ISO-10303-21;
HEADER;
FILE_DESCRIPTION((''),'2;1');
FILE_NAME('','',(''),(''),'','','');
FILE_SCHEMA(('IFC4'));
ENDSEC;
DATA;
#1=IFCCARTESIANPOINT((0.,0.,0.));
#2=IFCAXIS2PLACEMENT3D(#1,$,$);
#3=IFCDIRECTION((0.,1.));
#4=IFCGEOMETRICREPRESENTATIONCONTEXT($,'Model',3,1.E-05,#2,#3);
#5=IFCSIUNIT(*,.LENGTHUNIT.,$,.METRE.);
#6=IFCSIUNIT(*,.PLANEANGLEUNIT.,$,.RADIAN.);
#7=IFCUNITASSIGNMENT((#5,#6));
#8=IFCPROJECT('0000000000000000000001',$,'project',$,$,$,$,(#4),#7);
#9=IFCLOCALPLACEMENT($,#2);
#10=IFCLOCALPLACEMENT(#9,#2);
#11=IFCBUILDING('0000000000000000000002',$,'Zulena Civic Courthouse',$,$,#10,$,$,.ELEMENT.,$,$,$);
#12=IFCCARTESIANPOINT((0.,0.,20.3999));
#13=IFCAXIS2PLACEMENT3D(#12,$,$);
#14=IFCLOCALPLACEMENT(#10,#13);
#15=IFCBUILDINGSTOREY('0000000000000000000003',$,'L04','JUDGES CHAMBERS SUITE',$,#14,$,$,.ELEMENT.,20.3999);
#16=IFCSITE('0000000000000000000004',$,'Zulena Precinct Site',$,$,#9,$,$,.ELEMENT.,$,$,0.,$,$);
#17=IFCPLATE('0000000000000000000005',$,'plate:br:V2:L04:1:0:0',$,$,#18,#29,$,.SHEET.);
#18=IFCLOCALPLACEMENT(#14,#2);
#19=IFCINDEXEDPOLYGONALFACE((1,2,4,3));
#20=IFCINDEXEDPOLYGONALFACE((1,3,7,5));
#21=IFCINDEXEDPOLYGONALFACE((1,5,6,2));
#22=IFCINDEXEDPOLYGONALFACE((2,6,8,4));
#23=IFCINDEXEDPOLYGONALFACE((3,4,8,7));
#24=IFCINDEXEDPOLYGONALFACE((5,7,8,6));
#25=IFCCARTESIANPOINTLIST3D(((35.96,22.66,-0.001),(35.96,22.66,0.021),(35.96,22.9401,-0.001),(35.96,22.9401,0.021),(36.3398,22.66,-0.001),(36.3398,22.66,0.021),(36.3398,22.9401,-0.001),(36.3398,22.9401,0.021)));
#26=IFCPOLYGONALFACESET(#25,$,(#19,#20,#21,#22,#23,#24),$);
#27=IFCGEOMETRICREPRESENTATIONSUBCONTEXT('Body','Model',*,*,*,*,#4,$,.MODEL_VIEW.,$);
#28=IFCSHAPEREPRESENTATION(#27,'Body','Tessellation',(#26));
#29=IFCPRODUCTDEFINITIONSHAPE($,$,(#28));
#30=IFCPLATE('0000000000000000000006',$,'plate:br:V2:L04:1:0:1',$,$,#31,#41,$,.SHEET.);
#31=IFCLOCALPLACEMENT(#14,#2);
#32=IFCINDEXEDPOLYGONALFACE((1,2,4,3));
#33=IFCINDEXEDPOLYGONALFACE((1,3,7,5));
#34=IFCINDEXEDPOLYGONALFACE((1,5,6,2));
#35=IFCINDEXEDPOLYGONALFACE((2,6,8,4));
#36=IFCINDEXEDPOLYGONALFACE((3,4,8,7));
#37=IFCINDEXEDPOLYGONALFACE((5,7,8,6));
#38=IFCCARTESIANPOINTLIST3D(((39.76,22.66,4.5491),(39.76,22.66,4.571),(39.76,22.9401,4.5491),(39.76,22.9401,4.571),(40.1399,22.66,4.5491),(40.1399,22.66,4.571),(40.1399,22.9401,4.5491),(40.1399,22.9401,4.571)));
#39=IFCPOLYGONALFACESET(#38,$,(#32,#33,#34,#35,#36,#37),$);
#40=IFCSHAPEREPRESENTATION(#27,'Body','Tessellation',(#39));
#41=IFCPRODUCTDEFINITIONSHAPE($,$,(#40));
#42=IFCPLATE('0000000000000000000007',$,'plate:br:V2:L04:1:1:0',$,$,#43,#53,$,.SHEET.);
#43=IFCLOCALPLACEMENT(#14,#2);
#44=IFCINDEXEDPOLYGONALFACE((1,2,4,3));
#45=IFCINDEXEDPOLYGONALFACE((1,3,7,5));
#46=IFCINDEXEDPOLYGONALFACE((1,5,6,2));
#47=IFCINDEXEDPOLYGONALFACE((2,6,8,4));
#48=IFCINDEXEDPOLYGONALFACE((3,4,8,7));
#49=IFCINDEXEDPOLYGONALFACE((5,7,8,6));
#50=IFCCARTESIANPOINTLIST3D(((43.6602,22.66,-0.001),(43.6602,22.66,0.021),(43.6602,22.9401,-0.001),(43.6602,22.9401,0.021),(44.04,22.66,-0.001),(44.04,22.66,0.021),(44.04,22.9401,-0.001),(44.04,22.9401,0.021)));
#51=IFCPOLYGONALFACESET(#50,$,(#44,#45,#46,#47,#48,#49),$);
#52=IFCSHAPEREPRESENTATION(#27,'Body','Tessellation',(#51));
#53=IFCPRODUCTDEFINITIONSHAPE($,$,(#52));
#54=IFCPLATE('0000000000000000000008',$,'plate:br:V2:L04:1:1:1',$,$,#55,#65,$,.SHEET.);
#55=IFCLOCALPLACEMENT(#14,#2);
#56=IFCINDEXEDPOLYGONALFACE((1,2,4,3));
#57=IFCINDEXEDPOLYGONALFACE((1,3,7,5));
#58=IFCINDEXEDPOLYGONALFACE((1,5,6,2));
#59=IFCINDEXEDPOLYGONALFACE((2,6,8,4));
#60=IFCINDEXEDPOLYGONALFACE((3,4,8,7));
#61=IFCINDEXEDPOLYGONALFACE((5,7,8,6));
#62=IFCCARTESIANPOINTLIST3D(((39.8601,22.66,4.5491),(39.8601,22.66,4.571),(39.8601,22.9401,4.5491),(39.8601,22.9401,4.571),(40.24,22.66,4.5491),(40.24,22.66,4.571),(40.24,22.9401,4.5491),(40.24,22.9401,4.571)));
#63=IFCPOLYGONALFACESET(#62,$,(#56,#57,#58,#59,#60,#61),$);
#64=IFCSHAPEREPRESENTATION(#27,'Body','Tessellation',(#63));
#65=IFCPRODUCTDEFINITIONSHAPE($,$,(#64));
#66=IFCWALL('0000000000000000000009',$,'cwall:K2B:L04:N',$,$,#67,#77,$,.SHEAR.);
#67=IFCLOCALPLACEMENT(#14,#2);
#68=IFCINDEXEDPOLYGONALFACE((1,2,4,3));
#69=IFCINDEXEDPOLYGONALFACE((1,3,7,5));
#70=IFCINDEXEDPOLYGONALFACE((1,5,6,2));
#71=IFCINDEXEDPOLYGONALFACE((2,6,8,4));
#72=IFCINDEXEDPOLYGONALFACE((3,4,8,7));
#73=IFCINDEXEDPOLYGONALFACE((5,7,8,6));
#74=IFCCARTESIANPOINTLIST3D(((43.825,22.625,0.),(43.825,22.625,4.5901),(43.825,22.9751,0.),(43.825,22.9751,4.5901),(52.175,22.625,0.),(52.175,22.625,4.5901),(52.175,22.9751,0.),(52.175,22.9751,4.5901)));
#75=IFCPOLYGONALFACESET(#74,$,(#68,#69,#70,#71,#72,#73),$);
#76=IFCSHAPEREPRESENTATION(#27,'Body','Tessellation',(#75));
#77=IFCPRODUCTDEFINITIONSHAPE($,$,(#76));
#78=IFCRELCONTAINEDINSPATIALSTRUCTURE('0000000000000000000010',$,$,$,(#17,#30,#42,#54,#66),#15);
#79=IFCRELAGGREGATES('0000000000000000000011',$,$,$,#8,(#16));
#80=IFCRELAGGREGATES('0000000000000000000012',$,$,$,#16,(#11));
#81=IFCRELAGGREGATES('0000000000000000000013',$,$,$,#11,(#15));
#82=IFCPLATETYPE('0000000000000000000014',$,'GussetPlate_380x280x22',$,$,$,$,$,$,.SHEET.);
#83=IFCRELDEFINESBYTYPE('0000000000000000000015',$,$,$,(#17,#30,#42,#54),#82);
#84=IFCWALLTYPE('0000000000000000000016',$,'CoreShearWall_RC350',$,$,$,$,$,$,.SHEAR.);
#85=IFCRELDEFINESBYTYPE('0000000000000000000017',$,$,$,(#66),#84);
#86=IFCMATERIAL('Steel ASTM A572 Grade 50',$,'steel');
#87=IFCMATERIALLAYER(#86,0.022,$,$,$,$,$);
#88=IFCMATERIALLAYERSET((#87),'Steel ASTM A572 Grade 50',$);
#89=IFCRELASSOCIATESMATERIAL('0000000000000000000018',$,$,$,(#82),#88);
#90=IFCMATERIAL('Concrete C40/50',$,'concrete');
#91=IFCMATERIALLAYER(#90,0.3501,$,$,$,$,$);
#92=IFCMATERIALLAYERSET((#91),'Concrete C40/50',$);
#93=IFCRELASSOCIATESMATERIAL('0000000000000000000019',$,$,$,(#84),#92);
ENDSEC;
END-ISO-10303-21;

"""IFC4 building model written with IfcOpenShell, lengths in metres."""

from ifc_helpers import new_model, si_unit, direction, frame, frame_2d, origin, origin_2d, place, context, subcontext, project, spatial, rectangle, extrude, material, layer, layer_set, type_object, element, save


model = new_model("IFC4")

# Units and contexts
model_context = context("Model", 3, precision=1e-05, world=origin(), true_north=direction((0.0, 1.0)))
body_context = subcontext(model_context, "Body", "Model", "MODEL_VIEW")
ifc_project = project(units=[si_unit("LENGTHUNIT", "METRE"), si_unit("PLANEANGLEUNIT", "RADIAN")], contexts=[model_context])

# Site, building, storey
site_placement = place(None, origin())
site = spatial("IfcSite", under=ifc_project, at=site_placement, Name="Zulena Precinct Site", CompositionType="ELEMENT", RefElevation=0.0)
building_placement = place(site_placement, origin())
building = spatial("IfcBuilding", under=site, at=building_placement, Name="Zulena Civic Courthouse", CompositionType="ELEMENT")
storey_placement = place(building_placement, frame((0.0, 0.0, 20.3999)))
storey = spatial("IfcBuildingStorey", under=building, at=storey_placement, Name="L04", Description="JUDGES CHAMBERS SUITE", CompositionType="ELEMENT", Elevation=20.3999)

# Plates
ifc_material_1 = material(Name="Steel ASTM A572 Grade 50", Category="steel")
ifc_layer_1 = layer(ifc_material_1, 0.022)
ifc_layer_set_1 = layer_set([ifc_layer_1], Name="Steel ASTM A572 Grade 50")
plate_type_1 = type_object("IfcPlateType", Name="GussetPlate_380x280x22", PredefinedType="SHEET", material=ifc_layer_set_1)
for number, where, z_axis, x_axis, name in (
    (1, (36.1499, 22.8, -0.001), (0.0, 0.0, 1.0), (1.0, 0.0, 0.0), "plate:br:V2:L04:1:0:0"),
    (2, (39.95, 22.8, 4.5491), (0.0, 0.0, 1.0), (1.0, 0.0, 0.0), "plate:br:V2:L04:1:0:1"),
    (3, (43.8501, 22.8, -0.001), (0.0, 0.0, 1.0), (1.0, 0.0, 0.0), "plate:br:V2:L04:1:1:0"),
    (4, (40.05, 22.8, 4.5491), (0.0, 0.0, 1.0), (1.0, 0.0, 0.0), "plate:br:V2:L04:1:1:1"),
):
    element("IfcPlate", number, at=place(storey_placement, frame(where, z_axis=z_axis, x_axis=x_axis)), inside=storey, type_object=plate_type_1, Name=name, PredefinedType="SHEET", context=body_context, shape_type="SweptSolid", body=[
        extrude(rectangle(XDim=0.3799, YDim=0.28, at=origin_2d()), origin(), (0.0, 0.0, 1.0), 0.022),
    ])

# Wall
ifc_material_2 = material(Name="Concrete C40/50", Category="concrete")
ifc_layer_2 = layer(ifc_material_2, 0.3501)
ifc_layer_set_2 = layer_set([ifc_layer_2], Name="Concrete C40/50")
wall_type = type_object("IfcWallType", Name="CoreShearWall_RC350", PredefinedType="SHEAR", material=ifc_layer_set_2)
wall_placement = place(storey_placement, frame((43.825, 22.8, 0.0), z_axis=(0.0, 0.0, 1.0), x_axis=(1.0, 0.0, 0.0)))
element("IfcWall", 5, at=wall_placement, inside=storey, type_object=wall_type, Name="cwall:K2B:L04:N", PredefinedType="SHEAR", context=body_context, shape_type="SweptSolid", body=[
    extrude(rectangle(XDim=8.3501, YDim=0.3501, at=frame_2d((4.175, 0.0))), origin(), (0.0, 0.0, 1.0), 4.5901),
])

save(model, "model.ifc")
